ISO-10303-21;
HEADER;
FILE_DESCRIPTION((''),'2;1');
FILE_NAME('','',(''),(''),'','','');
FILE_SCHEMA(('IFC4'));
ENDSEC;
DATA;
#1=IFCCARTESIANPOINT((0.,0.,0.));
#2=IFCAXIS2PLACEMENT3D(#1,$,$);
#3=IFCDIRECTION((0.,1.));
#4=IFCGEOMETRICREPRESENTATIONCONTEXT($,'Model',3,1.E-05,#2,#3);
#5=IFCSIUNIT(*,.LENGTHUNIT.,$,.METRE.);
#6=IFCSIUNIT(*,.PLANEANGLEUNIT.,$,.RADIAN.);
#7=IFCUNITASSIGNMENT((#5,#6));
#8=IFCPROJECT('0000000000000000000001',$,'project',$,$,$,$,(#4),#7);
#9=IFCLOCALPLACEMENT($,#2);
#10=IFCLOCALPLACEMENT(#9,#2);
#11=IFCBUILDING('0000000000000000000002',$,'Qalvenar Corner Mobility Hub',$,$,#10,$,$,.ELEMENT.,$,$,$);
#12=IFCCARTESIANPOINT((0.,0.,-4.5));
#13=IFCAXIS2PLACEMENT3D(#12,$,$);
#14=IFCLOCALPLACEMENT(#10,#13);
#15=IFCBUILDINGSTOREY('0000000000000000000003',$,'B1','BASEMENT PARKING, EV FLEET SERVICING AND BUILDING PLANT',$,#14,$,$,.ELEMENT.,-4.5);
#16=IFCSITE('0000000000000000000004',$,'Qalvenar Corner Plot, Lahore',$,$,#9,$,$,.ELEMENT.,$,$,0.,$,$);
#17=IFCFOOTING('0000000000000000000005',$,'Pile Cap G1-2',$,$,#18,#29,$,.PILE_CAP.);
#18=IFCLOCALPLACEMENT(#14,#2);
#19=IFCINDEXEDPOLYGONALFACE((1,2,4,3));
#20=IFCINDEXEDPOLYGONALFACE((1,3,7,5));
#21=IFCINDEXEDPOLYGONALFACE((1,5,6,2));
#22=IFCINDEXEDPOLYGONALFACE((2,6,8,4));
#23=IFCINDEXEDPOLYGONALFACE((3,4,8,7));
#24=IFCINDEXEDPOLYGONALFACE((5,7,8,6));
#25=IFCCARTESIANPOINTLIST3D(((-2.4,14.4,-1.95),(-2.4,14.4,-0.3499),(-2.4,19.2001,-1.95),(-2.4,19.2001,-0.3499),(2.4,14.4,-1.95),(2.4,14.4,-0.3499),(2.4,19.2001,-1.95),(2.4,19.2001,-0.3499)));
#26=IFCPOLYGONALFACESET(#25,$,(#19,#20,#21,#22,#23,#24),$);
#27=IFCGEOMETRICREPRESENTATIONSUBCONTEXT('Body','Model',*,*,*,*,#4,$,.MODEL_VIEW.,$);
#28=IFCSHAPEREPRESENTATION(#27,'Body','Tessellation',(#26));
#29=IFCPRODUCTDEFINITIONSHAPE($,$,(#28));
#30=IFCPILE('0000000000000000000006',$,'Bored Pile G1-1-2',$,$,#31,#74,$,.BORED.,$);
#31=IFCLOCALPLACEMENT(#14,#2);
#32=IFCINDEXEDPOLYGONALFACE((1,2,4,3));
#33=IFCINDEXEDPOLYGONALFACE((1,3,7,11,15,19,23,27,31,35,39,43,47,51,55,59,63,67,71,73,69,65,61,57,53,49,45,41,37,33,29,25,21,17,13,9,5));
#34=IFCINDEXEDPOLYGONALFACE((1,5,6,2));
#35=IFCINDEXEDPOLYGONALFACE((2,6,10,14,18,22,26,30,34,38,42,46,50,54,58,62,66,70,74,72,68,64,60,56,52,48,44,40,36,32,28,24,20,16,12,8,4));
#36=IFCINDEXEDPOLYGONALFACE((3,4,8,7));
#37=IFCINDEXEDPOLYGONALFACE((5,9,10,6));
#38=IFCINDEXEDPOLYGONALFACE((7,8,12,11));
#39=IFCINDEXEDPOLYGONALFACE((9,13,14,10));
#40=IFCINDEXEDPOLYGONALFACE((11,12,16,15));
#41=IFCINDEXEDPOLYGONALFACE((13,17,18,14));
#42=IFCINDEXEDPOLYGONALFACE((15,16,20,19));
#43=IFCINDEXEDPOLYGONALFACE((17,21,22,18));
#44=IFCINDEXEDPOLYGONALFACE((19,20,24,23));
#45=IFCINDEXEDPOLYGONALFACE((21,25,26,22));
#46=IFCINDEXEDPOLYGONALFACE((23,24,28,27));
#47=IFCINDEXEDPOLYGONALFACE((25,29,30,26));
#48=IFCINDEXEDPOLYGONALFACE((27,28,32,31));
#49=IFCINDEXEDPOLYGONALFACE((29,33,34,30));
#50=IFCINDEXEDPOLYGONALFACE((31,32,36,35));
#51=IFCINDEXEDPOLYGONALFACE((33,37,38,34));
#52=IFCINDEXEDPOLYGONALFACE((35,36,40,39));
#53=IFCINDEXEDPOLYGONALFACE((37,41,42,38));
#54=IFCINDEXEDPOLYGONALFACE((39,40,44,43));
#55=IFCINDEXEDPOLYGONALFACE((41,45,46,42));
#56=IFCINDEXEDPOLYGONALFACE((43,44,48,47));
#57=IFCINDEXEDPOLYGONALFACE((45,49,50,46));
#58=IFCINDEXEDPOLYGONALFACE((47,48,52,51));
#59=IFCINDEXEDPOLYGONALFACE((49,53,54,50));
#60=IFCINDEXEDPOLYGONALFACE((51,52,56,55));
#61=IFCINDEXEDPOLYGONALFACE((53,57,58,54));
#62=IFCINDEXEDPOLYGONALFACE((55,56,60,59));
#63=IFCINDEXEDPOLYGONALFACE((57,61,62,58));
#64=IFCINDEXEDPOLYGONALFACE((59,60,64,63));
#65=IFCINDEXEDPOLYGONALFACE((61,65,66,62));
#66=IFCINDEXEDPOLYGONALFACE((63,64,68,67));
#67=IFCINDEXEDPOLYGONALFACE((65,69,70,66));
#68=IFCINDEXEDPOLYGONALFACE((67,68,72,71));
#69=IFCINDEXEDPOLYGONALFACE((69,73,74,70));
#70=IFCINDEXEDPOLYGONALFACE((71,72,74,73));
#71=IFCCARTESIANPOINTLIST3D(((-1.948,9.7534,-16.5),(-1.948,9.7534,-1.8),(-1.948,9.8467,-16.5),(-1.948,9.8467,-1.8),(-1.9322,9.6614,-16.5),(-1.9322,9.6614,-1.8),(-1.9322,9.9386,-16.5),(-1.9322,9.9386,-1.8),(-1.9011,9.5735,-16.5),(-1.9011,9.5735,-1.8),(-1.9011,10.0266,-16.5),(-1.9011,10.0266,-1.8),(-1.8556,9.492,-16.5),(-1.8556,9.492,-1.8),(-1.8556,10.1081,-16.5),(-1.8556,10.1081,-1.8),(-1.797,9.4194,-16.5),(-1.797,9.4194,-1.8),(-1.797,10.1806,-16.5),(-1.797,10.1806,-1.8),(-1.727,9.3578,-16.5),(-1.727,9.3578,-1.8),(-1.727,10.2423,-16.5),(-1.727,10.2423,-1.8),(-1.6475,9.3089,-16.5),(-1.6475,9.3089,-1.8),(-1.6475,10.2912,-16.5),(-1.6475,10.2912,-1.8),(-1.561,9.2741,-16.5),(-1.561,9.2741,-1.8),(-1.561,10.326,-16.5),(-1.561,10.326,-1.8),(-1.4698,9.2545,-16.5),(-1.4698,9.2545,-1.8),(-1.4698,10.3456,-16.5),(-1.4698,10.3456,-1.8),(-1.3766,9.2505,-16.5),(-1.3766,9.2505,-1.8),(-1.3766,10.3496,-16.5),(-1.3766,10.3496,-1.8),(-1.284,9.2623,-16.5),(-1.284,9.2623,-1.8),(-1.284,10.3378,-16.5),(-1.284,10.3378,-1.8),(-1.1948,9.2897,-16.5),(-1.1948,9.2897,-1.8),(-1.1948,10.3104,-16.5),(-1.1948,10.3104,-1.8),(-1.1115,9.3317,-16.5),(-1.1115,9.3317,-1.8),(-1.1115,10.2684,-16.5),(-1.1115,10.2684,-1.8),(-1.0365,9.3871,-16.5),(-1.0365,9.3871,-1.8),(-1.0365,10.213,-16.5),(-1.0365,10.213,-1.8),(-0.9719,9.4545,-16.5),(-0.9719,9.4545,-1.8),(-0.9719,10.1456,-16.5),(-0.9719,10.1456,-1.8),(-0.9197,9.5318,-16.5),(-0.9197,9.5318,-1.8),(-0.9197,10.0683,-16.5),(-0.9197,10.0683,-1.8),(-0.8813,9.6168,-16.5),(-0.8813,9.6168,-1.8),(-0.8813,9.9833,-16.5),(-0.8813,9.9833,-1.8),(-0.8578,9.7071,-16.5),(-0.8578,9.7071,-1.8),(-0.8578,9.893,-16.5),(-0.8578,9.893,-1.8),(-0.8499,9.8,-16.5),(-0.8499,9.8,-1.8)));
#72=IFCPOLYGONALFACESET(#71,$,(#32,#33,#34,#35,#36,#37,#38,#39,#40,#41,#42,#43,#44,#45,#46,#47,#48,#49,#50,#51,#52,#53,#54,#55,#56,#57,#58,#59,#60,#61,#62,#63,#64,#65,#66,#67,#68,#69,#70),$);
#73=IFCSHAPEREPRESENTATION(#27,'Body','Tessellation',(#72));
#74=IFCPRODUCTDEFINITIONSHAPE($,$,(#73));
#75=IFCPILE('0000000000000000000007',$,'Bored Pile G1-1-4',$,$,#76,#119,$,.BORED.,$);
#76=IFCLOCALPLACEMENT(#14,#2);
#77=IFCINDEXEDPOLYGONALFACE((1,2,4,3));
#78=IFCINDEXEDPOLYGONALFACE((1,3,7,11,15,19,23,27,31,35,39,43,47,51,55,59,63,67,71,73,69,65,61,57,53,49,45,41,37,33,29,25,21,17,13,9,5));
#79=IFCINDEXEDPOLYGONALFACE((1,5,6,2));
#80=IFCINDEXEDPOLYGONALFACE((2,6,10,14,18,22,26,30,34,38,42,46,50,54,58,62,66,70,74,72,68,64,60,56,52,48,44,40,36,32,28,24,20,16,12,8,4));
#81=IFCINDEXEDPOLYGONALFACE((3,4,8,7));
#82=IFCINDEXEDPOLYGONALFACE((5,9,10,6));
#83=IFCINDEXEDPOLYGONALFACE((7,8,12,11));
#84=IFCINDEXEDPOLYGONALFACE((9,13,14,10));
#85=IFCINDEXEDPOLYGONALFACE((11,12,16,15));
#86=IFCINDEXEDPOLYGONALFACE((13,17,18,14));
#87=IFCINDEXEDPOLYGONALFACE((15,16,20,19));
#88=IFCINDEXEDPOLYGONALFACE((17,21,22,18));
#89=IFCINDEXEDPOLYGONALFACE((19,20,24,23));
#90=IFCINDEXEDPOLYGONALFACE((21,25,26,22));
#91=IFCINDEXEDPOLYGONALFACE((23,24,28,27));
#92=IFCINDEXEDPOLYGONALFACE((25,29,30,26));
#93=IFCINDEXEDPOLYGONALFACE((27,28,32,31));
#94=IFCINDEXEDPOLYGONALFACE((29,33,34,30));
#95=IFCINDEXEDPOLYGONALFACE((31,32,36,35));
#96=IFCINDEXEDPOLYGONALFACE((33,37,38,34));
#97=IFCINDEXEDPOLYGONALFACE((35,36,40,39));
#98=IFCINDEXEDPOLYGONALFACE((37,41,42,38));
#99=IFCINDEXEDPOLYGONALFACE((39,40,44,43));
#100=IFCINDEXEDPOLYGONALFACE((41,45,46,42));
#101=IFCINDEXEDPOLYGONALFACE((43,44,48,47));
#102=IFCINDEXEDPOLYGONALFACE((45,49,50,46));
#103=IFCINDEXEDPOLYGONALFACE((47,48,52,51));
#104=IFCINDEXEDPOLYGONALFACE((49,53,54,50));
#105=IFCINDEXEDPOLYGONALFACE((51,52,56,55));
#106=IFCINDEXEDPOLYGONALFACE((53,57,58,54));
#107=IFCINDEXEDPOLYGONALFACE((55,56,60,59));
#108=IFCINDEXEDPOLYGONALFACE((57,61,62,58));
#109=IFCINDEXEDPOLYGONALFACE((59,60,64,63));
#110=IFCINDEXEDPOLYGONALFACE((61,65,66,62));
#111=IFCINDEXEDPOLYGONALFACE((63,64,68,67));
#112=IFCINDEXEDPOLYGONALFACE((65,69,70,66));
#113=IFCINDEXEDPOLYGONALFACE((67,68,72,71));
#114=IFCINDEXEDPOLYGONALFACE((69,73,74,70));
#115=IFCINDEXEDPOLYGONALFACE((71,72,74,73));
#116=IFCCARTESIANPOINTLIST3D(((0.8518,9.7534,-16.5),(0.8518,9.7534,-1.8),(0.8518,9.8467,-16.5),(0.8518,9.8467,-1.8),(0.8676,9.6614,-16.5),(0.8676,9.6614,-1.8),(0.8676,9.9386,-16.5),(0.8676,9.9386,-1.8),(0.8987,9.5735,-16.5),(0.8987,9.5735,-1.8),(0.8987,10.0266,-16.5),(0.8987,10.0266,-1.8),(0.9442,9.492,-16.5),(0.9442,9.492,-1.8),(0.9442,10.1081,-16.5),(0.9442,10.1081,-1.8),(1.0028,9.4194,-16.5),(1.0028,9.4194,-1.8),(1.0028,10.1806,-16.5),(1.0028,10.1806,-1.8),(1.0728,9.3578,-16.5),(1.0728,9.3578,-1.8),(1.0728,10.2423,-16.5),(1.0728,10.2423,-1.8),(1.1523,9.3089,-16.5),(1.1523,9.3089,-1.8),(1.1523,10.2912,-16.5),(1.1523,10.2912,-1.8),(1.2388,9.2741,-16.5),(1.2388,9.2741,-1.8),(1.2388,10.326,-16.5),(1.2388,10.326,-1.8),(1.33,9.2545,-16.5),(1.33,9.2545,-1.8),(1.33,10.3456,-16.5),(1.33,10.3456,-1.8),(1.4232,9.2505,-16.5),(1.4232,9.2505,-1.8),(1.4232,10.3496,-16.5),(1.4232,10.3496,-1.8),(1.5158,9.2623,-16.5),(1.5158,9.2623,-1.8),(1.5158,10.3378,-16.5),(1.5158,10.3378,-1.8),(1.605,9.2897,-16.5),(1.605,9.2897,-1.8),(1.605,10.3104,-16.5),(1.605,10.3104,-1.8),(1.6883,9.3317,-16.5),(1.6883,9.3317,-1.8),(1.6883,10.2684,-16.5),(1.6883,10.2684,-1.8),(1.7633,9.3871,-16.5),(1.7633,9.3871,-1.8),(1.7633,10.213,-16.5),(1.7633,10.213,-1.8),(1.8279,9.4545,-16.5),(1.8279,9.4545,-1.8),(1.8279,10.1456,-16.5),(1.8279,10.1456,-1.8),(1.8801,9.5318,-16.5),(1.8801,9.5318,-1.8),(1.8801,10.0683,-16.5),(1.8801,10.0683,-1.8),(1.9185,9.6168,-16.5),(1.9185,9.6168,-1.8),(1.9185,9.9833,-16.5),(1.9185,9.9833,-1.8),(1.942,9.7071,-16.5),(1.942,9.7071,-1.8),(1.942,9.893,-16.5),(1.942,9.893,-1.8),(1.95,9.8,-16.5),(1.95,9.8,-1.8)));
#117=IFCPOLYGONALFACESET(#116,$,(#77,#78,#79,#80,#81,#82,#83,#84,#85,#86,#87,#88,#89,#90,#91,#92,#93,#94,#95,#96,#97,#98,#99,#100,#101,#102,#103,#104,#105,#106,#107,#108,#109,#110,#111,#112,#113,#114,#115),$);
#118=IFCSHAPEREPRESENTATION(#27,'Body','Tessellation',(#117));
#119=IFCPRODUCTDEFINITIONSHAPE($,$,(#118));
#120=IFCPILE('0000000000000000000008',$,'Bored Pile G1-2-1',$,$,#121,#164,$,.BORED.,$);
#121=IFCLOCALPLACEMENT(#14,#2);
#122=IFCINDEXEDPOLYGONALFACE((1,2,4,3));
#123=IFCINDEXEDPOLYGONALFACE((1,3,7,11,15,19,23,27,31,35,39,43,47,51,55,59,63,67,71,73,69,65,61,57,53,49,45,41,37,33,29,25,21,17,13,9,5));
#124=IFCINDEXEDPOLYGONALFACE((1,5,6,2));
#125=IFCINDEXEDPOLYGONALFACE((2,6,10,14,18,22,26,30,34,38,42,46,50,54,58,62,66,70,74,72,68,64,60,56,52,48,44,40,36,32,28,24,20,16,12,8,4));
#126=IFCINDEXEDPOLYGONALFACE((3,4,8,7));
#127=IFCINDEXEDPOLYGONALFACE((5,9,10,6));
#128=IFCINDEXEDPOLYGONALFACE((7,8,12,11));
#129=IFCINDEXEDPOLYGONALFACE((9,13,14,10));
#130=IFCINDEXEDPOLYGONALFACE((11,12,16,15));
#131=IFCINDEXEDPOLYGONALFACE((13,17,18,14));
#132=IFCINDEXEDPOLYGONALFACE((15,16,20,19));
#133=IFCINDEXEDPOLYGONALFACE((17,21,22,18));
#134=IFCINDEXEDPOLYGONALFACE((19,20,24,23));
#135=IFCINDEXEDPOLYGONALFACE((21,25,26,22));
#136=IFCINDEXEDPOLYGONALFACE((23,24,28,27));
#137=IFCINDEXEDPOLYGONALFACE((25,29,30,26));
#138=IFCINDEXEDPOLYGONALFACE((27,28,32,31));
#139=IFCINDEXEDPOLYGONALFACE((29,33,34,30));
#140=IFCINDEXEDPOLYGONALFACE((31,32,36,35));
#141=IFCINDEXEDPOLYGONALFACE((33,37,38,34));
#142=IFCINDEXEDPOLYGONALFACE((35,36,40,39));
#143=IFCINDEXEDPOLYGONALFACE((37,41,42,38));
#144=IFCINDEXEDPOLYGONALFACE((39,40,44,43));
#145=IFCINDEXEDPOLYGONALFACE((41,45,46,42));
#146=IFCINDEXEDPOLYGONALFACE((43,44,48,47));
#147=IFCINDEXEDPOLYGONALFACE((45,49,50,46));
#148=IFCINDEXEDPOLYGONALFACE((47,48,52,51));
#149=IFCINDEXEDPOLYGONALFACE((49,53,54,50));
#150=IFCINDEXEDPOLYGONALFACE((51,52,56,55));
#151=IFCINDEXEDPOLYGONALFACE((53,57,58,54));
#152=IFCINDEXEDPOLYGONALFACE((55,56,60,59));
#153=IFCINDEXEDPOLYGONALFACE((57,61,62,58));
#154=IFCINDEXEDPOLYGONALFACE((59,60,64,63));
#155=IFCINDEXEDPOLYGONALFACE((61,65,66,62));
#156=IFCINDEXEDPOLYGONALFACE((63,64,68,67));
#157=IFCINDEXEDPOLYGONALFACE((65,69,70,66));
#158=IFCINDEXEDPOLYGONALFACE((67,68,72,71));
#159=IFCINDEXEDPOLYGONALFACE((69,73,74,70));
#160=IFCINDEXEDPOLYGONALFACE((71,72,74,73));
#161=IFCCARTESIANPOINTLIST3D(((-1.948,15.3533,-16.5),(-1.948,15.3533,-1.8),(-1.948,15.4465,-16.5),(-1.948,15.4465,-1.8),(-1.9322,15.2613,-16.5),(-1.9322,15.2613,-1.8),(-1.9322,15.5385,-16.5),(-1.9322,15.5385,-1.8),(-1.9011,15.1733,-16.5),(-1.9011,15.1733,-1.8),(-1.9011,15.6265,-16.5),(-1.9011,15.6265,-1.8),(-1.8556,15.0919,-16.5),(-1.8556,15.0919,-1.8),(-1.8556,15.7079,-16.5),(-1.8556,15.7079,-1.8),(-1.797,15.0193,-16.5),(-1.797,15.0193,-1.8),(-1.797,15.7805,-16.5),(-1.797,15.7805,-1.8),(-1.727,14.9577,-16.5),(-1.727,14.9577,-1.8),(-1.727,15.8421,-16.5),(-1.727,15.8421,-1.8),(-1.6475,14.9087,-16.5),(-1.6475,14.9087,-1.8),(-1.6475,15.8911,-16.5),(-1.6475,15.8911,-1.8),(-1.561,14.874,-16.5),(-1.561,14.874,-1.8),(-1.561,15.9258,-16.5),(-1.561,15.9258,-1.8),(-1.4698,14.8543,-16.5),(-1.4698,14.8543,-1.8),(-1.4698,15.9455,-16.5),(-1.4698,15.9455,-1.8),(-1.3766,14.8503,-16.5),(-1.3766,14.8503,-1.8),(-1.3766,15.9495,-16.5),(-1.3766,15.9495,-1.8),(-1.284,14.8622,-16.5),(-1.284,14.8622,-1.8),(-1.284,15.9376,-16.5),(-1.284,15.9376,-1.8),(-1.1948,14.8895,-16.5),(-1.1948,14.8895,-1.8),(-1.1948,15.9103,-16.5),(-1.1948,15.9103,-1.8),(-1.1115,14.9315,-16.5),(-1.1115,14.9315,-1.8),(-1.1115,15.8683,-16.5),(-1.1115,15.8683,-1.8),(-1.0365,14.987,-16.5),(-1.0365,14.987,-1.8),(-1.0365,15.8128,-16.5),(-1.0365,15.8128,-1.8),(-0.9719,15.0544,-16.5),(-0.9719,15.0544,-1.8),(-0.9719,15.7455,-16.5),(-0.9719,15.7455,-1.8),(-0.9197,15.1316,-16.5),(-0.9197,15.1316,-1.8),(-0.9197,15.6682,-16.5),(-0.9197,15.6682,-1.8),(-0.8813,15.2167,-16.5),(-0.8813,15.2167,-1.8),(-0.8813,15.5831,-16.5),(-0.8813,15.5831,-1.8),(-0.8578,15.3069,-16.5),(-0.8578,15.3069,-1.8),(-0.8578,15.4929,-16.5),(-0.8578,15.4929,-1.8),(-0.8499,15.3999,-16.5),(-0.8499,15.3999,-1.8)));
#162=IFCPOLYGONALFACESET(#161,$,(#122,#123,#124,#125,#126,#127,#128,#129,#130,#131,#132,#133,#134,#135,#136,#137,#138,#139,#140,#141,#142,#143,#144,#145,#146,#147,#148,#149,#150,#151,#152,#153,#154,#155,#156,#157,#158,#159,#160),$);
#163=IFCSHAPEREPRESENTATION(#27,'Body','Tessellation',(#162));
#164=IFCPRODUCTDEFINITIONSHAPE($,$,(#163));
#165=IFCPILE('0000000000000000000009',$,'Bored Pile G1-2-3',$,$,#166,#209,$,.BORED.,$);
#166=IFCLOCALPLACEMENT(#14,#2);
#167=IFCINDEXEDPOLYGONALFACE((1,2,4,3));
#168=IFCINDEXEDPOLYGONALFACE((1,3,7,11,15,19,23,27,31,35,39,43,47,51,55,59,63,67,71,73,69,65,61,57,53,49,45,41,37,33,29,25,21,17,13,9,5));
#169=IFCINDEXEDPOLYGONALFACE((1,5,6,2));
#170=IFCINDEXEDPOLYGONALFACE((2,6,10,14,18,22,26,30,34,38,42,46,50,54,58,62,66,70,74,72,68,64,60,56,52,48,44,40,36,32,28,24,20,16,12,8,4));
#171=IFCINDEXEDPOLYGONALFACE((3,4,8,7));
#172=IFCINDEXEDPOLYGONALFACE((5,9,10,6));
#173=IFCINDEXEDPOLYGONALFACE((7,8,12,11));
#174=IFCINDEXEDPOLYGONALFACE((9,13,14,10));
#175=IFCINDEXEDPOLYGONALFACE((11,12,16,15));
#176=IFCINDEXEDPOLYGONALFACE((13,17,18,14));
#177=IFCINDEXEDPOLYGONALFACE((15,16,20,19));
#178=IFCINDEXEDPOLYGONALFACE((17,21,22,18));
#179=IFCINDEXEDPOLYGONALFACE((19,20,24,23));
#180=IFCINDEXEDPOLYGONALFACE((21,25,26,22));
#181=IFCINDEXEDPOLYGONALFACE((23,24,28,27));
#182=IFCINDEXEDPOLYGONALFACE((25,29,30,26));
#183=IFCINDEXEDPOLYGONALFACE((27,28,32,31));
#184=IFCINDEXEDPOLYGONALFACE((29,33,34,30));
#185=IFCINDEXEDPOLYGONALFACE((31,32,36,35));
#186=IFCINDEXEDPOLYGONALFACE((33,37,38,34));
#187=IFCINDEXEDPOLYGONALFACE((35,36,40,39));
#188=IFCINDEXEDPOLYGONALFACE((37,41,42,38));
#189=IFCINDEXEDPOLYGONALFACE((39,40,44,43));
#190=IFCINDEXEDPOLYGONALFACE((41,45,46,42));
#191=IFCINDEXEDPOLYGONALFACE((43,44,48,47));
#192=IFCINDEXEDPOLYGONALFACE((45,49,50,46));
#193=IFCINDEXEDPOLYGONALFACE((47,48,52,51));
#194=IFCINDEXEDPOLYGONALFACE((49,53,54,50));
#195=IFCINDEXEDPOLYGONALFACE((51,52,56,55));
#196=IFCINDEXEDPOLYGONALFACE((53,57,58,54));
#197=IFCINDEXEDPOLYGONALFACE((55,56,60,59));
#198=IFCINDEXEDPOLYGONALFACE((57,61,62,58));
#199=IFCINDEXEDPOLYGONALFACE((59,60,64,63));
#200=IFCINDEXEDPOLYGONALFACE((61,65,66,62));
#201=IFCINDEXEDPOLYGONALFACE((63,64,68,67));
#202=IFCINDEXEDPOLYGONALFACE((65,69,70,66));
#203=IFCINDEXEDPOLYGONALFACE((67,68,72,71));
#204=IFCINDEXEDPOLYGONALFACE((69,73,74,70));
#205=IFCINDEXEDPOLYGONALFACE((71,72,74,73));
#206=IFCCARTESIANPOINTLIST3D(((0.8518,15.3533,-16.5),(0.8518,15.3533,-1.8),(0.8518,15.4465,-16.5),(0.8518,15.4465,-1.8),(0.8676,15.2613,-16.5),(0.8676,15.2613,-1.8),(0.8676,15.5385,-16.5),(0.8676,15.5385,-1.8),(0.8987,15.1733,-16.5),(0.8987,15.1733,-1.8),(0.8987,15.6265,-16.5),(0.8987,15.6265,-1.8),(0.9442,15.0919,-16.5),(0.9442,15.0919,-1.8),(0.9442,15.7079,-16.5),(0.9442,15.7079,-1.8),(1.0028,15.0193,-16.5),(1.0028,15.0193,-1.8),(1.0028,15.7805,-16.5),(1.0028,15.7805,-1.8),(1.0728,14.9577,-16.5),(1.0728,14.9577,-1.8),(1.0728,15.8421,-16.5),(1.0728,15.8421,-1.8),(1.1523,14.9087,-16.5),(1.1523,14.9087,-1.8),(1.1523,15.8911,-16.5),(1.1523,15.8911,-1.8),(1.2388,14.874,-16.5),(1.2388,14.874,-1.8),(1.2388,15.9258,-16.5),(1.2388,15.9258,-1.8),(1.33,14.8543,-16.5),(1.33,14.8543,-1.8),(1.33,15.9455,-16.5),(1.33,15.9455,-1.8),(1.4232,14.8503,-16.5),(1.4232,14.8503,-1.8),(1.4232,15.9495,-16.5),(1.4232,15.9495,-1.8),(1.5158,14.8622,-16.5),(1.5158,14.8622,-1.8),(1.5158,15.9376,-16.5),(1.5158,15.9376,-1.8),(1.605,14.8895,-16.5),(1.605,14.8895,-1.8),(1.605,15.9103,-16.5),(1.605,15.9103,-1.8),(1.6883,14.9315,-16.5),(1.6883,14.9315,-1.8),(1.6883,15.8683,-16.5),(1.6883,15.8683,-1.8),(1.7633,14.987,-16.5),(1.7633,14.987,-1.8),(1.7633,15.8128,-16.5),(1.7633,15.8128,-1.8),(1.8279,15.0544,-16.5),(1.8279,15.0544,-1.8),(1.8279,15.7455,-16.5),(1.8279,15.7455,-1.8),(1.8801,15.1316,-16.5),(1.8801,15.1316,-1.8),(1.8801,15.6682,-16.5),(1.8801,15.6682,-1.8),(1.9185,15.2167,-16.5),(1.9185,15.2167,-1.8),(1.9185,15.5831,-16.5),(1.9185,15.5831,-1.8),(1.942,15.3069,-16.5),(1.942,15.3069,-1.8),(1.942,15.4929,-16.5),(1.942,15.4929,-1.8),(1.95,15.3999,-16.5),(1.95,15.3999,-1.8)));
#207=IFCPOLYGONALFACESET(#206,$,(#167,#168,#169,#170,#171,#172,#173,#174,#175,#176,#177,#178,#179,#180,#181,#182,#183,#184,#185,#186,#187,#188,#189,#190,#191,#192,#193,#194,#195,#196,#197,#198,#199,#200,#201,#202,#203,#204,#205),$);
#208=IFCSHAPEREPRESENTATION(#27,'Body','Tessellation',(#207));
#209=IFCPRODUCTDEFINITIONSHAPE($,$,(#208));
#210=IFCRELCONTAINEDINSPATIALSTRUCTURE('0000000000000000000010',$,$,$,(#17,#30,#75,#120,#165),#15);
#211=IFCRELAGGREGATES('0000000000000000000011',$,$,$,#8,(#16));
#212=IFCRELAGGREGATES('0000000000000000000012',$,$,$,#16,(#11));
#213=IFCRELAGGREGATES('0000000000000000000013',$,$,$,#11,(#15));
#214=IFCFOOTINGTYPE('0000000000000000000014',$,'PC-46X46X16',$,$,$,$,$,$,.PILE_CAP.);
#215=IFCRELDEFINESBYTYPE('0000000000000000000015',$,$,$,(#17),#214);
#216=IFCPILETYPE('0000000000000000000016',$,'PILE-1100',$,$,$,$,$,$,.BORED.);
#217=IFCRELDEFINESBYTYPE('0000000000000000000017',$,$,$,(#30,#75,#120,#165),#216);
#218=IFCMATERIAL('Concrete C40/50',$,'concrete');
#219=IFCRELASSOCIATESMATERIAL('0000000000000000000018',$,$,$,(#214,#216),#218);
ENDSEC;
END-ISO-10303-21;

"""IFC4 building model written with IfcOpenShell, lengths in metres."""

from ifc_helpers import new_model, si_unit, direction, frame, origin, origin_2d, place, context, subcontext, project, spatial, rectangle, circle, extrude, material, material_profile, profile_set, type_object, element, save


model = new_model("IFC4")

# Units and contexts
model_context = context("Model", 3, precision=1e-05, world=origin(), true_north=direction((0.0, 1.0)))
body_context = subcontext(model_context, "Body", "Model", "MODEL_VIEW")
ifc_project = project(units=[si_unit("LENGTHUNIT", "METRE"), si_unit("PLANEANGLEUNIT", "RADIAN")], contexts=[model_context])

# Site, building, storey
site_placement = place(None, origin())
site = spatial("IfcSite", under=ifc_project, at=site_placement, Name="Qalvenar Corner Plot, Lahore", CompositionType="ELEMENT", RefElevation=0.0)
building_placement = place(site_placement, origin())
building = spatial("IfcBuilding", under=site, at=building_placement, Name="Qalvenar Corner Mobility Hub", CompositionType="ELEMENT")
storey_placement = place(building_placement, frame((0.0, 0.0, -4.5)))
storey = spatial("IfcBuildingStorey", under=building, at=storey_placement, Name="B1", Description="BASEMENT PARKING, EV FLEET SERVICING AND BUILDING PLANT", CompositionType="ELEMENT", Elevation=-4.5)

# Footing
ifc_material_1 = material(Name="Concrete C40/50", Category="concrete")
footing_type_1 = type_object("IfcFootingType", Name="PC-46X46X16", PredefinedType="PILE_CAP", material=ifc_material_1)
footing_1_placement = place(storey_placement, frame((0.0, 16.8, -1.95), z_axis=(0.0, 0.0, 1.0), x_axis=(1.0, 0.0, 0.0)))
element("IfcFooting", 1, at=footing_1_placement, inside=storey, type_object=footing_type_1, Name="Pile Cap G1-2", PredefinedType="PILE_CAP", context=body_context, shape_type="SweptSolid", body=[
    extrude(rectangle(XDim=4.8, YDim=4.8, at=origin_2d()), origin(), (0.0, 0.0, 1.0), 1.6001),
])

# Piles
ifc_material_profile_1 = material_profile(ifc_material_1, circle(Radius=0.55, at=origin_2d()), Name="DIA1100")
ifc_profile_set_1 = profile_set([ifc_material_profile_1], Name="Concrete C40/50")
pile_type_1 = type_object("IfcPileType", Name="PILE-1100", PredefinedType="BORED", material=ifc_profile_set_1)
for number, where, z_axis, x_axis, name in (
    (2, (-1.3999, 9.8, -1.8), (0.0, 0.0, -1.0), (1.0, 0.0, 0.0), "Bored Pile G1-1-2"),
    (3, (1.3999, 9.8, -1.8), (0.0, 0.0, -1.0), (1.0, 0.0, 0.0), "Bored Pile G1-1-4"),
    (4, (-1.3999, 15.3999, -1.8), (0.0, 0.0, -1.0), (1.0, 0.0, 0.0), "Bored Pile G1-2-1"),
    (5, (1.3999, 15.3999, -1.8), (0.0, 0.0, -1.0), (1.0, 0.0, 0.0), "Bored Pile G1-2-3"),
):
    element("IfcPile", number, at=place(storey_placement, frame(where, z_axis=z_axis, x_axis=x_axis)), inside=storey, type_object=pile_type_1, Name=name, PredefinedType="BORED", context=body_context, shape_type="SweptSolid", body=[
        extrude(circle(Radius=0.55, at=origin_2d()), origin(), (0.0, 0.0, 1.0), 14.7),
    ])

save(model, "model.ifc")
